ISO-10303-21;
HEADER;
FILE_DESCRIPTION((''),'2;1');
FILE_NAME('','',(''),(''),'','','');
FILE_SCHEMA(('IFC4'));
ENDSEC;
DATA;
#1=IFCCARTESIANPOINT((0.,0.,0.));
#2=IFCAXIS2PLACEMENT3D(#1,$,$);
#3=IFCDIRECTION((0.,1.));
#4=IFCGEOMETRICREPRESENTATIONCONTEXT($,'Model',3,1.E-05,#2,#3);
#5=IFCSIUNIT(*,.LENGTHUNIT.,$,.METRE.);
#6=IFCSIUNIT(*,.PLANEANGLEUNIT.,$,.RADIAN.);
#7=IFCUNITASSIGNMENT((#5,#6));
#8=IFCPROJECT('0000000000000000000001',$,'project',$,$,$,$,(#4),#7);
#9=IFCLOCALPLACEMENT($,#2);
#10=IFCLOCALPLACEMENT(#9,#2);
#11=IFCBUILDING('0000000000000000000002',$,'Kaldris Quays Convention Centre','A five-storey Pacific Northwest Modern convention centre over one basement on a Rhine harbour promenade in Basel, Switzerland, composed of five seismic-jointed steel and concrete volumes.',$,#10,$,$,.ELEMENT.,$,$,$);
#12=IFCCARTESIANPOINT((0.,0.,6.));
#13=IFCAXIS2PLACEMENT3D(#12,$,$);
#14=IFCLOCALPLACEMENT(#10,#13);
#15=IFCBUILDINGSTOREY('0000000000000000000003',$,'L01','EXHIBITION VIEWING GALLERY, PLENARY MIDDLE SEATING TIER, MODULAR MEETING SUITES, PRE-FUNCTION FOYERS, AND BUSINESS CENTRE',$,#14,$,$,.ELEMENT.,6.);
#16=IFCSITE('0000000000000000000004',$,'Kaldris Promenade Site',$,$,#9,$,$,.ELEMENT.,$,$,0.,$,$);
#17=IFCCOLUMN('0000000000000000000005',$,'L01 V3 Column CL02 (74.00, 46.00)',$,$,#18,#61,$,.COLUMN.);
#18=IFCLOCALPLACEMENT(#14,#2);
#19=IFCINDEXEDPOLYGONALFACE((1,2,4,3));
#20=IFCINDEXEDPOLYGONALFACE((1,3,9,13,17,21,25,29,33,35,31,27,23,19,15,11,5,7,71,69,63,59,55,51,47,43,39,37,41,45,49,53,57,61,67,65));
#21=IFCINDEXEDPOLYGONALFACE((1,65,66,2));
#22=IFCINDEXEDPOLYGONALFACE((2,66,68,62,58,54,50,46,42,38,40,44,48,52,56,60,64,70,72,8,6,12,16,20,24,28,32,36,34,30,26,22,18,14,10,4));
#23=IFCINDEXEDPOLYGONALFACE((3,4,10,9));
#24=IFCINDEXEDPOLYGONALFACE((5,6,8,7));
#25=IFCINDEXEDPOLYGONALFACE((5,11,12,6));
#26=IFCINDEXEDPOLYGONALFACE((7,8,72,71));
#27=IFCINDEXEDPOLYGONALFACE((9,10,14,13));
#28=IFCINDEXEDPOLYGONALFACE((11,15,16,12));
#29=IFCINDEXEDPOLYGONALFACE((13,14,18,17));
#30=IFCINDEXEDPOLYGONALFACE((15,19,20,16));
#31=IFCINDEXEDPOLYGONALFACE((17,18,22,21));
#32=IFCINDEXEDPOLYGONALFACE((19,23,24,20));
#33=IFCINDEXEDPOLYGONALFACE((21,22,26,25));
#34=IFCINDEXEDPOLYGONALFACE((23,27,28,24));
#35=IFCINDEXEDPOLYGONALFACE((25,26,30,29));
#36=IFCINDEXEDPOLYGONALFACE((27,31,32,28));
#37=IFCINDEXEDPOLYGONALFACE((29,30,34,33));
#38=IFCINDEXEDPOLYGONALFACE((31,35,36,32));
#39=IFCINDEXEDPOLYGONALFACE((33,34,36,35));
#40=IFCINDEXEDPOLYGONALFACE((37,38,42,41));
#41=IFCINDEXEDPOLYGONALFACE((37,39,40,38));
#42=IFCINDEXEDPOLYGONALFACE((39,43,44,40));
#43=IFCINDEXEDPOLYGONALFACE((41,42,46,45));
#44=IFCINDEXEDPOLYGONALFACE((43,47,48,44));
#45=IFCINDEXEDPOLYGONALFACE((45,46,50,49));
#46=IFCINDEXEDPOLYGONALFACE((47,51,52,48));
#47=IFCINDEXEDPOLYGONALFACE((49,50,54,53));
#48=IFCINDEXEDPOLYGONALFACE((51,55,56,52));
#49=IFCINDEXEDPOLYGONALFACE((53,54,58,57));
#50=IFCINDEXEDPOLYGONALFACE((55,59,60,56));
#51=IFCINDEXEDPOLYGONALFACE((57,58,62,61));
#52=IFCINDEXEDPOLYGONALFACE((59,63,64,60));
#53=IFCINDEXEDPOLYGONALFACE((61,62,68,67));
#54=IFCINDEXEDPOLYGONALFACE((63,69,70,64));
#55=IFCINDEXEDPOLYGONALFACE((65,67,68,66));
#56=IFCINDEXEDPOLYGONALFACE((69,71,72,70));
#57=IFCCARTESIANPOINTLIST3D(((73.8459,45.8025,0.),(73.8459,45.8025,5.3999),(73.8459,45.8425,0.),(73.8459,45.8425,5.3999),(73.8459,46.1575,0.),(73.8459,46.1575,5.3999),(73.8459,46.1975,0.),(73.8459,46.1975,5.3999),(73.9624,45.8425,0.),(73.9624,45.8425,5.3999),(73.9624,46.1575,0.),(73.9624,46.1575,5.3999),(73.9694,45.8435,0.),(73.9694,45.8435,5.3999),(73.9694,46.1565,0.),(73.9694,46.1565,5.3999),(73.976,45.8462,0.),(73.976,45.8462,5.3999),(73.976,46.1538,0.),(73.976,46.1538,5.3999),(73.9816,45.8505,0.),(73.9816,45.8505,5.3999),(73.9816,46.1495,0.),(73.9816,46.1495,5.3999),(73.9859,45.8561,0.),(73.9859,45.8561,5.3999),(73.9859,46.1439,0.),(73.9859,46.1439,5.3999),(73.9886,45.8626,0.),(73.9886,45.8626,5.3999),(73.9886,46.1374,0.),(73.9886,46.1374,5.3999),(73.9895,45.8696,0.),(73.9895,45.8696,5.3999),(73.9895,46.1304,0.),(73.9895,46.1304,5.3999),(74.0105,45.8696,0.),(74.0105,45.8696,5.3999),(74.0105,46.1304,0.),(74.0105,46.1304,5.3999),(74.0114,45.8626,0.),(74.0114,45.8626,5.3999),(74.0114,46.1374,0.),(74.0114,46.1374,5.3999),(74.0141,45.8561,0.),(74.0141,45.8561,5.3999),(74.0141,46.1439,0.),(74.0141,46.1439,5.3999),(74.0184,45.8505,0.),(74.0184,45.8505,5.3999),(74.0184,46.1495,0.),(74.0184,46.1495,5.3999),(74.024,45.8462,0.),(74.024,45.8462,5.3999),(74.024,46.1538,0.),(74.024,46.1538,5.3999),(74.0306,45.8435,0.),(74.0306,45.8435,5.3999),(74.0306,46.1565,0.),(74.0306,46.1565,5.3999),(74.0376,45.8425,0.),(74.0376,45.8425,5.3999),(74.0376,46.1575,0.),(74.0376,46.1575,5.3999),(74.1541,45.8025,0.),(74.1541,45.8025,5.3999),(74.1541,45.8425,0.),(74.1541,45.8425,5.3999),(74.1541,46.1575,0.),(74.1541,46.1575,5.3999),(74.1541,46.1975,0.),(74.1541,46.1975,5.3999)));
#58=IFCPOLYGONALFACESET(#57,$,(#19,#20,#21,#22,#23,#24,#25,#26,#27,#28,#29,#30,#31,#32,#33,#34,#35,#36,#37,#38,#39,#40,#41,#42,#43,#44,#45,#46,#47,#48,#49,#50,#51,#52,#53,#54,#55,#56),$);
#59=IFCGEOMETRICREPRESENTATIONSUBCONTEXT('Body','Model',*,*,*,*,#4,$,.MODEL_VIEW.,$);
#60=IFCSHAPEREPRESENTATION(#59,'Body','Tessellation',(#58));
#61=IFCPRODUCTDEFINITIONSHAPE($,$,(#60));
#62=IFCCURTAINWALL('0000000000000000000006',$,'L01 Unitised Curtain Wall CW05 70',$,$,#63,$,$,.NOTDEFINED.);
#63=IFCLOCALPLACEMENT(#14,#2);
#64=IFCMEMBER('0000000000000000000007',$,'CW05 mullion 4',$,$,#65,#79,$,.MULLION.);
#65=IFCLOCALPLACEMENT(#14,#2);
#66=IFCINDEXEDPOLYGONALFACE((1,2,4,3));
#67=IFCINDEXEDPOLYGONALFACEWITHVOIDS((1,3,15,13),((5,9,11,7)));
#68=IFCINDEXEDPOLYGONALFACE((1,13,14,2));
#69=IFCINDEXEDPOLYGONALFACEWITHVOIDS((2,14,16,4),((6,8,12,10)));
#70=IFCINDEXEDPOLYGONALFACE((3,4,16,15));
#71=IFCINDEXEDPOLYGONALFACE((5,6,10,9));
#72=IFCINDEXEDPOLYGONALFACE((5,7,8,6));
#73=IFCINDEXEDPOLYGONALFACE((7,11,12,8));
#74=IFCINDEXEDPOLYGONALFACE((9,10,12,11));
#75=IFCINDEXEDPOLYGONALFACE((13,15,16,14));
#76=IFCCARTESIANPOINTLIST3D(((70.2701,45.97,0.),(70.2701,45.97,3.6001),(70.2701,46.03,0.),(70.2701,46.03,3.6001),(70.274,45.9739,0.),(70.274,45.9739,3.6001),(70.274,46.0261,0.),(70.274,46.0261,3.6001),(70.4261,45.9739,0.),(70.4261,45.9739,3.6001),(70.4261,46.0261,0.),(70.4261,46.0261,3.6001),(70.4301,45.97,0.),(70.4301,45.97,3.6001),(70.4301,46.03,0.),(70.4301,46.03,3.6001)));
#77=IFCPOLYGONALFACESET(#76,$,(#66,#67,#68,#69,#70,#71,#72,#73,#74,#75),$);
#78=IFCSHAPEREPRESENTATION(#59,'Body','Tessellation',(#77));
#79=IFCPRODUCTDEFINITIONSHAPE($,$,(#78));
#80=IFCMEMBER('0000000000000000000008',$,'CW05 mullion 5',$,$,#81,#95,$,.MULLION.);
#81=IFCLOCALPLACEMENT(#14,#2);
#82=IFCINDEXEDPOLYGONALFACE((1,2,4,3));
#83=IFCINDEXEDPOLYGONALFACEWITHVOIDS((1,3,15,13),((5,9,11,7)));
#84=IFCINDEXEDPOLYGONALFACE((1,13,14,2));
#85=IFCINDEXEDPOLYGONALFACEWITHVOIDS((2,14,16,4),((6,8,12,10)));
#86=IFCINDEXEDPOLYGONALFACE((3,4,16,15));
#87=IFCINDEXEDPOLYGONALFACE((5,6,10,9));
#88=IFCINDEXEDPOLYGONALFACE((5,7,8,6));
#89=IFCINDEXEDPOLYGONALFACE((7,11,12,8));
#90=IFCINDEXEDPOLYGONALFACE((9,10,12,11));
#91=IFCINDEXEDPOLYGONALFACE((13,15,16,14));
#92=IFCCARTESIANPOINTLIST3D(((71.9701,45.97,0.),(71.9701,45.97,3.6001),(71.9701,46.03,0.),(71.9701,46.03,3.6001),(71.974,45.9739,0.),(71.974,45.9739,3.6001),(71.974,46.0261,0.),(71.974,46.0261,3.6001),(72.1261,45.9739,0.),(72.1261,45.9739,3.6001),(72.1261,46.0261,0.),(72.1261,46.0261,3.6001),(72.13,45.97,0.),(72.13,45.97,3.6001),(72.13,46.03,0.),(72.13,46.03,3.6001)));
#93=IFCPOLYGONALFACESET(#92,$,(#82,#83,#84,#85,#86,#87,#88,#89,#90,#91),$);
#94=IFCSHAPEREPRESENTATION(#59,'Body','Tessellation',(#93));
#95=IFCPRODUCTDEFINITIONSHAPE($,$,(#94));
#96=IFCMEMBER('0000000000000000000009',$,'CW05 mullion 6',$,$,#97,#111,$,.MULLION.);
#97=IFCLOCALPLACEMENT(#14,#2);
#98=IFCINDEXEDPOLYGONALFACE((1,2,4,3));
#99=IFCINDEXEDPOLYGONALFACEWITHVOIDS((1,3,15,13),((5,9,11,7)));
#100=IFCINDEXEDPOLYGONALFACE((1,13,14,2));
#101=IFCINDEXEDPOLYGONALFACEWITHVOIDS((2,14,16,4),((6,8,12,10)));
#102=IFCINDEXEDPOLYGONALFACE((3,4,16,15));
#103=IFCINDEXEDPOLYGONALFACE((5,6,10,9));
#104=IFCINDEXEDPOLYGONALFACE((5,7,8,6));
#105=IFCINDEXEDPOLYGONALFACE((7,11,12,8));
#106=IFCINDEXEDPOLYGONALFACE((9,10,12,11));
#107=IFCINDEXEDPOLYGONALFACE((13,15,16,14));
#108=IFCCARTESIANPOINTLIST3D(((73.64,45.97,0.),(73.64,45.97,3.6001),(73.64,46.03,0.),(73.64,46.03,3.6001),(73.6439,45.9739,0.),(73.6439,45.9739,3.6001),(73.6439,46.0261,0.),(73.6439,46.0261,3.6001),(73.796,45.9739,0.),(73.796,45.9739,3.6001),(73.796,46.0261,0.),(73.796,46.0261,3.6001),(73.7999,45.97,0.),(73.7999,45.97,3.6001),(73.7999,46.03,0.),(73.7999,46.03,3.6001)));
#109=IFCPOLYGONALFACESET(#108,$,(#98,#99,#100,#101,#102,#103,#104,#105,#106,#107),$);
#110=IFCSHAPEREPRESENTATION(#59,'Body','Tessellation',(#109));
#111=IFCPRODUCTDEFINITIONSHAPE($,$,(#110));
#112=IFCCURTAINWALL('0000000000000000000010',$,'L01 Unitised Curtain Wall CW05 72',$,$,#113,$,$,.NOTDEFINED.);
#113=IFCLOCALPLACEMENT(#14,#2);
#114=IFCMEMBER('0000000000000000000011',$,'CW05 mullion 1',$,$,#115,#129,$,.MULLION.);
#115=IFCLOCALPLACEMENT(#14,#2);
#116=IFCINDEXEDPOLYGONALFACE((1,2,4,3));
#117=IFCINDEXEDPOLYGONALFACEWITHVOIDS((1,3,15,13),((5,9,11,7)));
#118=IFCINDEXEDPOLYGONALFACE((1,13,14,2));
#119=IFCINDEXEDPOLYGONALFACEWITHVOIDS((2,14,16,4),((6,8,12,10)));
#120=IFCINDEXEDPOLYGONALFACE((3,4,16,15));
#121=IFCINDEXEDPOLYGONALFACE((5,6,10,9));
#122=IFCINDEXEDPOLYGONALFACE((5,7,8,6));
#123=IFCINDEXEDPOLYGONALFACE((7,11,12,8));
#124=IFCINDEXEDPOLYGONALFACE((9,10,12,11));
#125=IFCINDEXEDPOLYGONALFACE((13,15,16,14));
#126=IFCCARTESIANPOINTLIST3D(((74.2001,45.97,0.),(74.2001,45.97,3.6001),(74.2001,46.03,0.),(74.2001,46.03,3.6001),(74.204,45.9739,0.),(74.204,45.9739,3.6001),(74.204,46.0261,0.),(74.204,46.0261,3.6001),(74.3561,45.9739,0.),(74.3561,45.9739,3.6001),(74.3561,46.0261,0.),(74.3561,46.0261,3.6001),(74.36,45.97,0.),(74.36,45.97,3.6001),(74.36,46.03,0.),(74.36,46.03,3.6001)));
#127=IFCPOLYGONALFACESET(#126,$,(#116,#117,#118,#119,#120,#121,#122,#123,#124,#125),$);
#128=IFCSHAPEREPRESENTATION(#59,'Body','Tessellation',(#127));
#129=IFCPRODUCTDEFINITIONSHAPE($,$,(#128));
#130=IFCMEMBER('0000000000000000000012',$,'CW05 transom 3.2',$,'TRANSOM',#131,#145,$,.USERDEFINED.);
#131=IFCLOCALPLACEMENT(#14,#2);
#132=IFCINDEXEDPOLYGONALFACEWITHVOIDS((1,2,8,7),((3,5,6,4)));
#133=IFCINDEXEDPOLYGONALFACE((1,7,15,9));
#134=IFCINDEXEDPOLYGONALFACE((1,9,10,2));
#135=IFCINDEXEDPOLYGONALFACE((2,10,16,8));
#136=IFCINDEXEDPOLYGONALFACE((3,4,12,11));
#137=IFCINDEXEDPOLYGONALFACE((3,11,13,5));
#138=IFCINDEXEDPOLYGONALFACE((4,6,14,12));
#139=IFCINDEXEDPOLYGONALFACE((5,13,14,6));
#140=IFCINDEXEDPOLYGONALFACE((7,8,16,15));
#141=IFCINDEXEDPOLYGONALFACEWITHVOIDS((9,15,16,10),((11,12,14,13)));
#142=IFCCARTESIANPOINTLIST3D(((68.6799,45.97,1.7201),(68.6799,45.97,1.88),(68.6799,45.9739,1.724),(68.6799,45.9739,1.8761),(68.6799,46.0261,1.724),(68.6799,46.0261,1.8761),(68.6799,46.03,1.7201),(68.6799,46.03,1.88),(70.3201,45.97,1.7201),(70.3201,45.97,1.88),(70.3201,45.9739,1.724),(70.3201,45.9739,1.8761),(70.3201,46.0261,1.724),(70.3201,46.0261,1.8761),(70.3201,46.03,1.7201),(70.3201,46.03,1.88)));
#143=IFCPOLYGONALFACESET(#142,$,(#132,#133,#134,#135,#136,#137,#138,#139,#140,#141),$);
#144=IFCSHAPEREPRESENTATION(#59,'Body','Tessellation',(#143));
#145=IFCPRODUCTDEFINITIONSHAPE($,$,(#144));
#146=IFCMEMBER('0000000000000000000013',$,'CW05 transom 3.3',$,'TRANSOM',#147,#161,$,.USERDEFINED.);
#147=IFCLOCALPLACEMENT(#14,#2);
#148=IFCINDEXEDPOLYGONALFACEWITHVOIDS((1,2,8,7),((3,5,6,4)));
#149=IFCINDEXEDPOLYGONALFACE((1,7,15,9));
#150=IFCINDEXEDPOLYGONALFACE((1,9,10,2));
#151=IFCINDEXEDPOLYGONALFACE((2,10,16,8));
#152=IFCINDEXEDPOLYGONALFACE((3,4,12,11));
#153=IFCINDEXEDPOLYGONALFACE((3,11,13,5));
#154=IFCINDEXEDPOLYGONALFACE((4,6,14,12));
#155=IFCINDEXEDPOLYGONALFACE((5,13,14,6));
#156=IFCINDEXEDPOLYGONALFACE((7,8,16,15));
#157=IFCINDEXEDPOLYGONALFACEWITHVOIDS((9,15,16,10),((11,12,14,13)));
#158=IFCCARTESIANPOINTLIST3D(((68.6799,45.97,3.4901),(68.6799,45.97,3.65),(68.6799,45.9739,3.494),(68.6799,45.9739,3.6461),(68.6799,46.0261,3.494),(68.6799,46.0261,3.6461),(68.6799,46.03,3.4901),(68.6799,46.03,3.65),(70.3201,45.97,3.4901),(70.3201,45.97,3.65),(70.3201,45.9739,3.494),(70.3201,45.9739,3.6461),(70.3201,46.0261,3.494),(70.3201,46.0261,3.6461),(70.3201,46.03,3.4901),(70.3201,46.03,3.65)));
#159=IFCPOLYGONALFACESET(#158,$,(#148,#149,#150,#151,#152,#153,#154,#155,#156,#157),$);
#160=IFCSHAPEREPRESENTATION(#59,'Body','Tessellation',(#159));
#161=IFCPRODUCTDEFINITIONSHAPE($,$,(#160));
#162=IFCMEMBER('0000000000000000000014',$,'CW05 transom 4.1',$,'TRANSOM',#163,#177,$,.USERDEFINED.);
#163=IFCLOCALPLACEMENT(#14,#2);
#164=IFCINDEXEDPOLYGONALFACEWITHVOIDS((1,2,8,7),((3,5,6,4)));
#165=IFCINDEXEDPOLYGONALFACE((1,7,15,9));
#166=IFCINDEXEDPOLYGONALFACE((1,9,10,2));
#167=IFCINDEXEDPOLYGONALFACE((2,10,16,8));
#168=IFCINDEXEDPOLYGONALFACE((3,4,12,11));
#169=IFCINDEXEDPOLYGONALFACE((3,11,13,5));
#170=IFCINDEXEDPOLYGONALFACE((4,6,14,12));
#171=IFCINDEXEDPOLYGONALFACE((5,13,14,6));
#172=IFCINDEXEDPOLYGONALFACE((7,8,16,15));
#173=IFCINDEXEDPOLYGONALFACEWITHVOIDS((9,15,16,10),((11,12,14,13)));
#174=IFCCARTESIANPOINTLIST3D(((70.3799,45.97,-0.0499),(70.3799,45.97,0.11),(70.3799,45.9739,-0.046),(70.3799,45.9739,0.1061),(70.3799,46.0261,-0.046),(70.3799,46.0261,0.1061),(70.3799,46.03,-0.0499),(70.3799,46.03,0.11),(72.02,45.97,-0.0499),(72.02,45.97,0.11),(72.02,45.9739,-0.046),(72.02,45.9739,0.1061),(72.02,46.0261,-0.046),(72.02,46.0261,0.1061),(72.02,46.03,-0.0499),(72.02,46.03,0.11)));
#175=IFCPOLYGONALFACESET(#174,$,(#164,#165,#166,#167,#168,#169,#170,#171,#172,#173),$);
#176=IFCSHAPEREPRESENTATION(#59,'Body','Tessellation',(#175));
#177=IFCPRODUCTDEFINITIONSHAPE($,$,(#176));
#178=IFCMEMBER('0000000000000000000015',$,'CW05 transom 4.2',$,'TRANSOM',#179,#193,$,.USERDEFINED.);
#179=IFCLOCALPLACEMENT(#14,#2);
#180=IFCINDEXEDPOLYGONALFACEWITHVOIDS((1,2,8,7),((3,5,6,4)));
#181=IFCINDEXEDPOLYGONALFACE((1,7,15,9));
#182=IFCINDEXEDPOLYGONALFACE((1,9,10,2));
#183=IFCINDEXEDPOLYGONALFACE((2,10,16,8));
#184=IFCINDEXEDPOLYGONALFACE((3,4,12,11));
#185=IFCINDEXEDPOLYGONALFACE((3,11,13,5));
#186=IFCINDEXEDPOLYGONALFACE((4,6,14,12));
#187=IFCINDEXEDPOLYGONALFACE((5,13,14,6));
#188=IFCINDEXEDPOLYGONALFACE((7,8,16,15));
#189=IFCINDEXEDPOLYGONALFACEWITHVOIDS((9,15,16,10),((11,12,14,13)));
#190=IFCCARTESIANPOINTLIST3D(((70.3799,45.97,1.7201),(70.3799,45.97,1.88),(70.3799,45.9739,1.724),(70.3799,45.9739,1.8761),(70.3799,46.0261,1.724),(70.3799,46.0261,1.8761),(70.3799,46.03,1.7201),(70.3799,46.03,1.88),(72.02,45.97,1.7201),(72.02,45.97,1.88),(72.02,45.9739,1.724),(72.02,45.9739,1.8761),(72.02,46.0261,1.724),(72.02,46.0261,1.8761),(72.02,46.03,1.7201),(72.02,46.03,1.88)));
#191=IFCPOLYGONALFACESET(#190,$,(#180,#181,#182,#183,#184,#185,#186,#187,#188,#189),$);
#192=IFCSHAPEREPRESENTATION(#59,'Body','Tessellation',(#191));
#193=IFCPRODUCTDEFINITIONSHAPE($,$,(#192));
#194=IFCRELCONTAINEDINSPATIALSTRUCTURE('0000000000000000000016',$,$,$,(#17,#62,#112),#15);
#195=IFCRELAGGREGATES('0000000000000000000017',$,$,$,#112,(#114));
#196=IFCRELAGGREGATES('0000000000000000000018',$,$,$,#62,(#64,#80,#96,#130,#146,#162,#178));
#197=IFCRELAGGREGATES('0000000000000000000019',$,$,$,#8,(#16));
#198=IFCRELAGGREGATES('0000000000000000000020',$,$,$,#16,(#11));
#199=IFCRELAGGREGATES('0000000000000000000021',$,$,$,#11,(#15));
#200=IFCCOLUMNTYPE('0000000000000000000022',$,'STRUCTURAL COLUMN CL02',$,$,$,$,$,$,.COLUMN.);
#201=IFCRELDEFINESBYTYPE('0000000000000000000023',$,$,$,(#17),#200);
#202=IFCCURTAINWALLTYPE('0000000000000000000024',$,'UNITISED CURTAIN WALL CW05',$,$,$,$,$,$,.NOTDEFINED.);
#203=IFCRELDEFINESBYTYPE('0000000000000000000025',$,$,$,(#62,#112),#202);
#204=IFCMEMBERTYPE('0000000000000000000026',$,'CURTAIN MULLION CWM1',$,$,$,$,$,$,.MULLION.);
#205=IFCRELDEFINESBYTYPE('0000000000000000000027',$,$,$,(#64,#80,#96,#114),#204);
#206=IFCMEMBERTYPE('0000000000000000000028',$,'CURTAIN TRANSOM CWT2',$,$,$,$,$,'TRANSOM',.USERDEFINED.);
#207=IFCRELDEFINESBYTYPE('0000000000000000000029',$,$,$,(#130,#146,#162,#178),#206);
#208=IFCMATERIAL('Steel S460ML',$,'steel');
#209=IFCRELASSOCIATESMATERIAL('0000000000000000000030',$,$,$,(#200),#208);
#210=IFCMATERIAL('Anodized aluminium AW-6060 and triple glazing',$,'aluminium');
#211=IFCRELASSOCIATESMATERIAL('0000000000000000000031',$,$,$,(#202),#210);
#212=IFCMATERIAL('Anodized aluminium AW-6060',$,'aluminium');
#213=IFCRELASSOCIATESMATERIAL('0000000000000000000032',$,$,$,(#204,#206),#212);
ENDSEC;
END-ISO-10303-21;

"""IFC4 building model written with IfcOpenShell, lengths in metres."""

from ifc_helpers import new_model, si_unit, direction, frame, origin, origin_2d, place, context, subcontext, project, spatial, hollow_rectangle, i_section, extrude, material, material_profile, profile_set, type_object, element, aggregate, save


model = new_model("IFC4")

# Units and contexts
model_context = context("Model", 3, precision=1e-05, world=origin(), true_north=direction((0.0, 1.0)))
body_context = subcontext(model_context, "Body", "Model", "MODEL_VIEW")
ifc_project = project(units=[si_unit("LENGTHUNIT", "METRE"), si_unit("PLANEANGLEUNIT", "RADIAN")], contexts=[model_context])

# Site, building, storey
site_placement = place(None, origin())
site = spatial("IfcSite", under=ifc_project, at=site_placement, Name="Kaldris Promenade Site", CompositionType="ELEMENT", RefElevation=0.0)
building_placement = place(site_placement, origin())
building = spatial("IfcBuilding", under=site, at=building_placement, Name="Kaldris Quays Convention Centre", Description="A five-storey Pacific Northwest Modern convention centre over one basement on a Rhine harbour promenade in Basel, Switzerland, composed of five seismic-jointed steel and concrete volumes.", CompositionType="ELEMENT")
storey_placement = place(building_placement, frame((0.0, 0.0, 6.0)))
storey = spatial("IfcBuildingStorey", under=building, at=storey_placement, Name="L01", Description="EXHIBITION VIEWING GALLERY, PLENARY MIDDLE SEATING TIER, MODULAR MEETING SUITES, PRE-FUNCTION FOYERS, AND BUSINESS CENTRE", CompositionType="ELEMENT", Elevation=6.0)

# Column
ifc_material_1 = material(Name="Steel S460ML", Category="steel")
ifc_material_profile_1 = material_profile(ifc_material_1, i_section(OverallWidth=0.3081, OverallDepth=0.395, WebThickness=0.021, FlangeThickness=0.04, FilletRadius=0.0271, at=origin_2d()), Name="HEM 360")
ifc_profile_set_1 = profile_set([ifc_material_profile_1], Name="Steel S460ML")
column_type = type_object("IfcColumnType", Name="STRUCTURAL COLUMN CL02", PredefinedType="COLUMN", material=ifc_profile_set_1)
column_placement = place(storey_placement, frame((74.0, 46.0, 0.0), z_axis=(0.0, 0.0, 1.0), x_axis=(1.0, 0.0, 0.0)))
element("IfcColumn", 1, at=column_placement, inside=storey, type_object=column_type, Name="L01 V3 Column CL02 (74.00, 46.00)", PredefinedType="COLUMN", context=body_context, shape_type="SweptSolid", body=[
    extrude(i_section(OverallWidth=0.3081, OverallDepth=0.395, WebThickness=0.021, FlangeThickness=0.04, FilletRadius=0.0271, at=origin_2d()), origin(), (0.0, 0.0, 1.0), 5.3999),
])

# Curtain wall, members
ifc_material_2 = material(Name="Anodized aluminium AW-6060 and triple glazing", Category="aluminium")
curtain_wall_type = type_object("IfcCurtainWallType", Name="UNITISED CURTAIN WALL CW05", PredefinedType="NOTDEFINED", material=ifc_material_2)
curtain_wall_1_placement = place(storey_placement, origin())
curtain_wall_1 = element("IfcCurtainWall", 2, at=curtain_wall_1_placement, inside=storey, type_object=curtain_wall_type, Name="L01 Unitised Curtain Wall CW05 70", PredefinedType="NOTDEFINED")
ifc_material_3 = material(Name="Anodized aluminium AW-6060", Category="aluminium")
ifc_material_profile_2 = material_profile(ifc_material_3, hollow_rectangle(XDim=0.0601, YDim=0.1599, WallThickness=0.0039, at=origin_2d()), Name="RHS 160x60x4")
ifc_profile_set_2 = profile_set([ifc_material_profile_2], Name="Anodized aluminium AW-6060")
member_type_1 = type_object("IfcMemberType", Name="CURTAIN MULLION CWM1", PredefinedType="MULLION", material=ifc_profile_set_2)
member_1_placement = place(storey_placement, frame((70.3501, 46.0, 0.0), z_axis=(0.0, 0.0, 1.0), x_axis=(0.0, 1.0, 0.0)))
member_1 = element("IfcMember", 3, at=member_1_placement, type_object=member_type_1, Name="CW05 mullion 4", PredefinedType="MULLION", context=body_context, shape_type="SweptSolid", body=[
    extrude(hollow_rectangle(XDim=0.0601, YDim=0.1599, WallThickness=0.0039, at=origin_2d()), origin(), (0.0, 0.0, 1.0), 3.6001),
])
member_2_placement = place(storey_placement, frame((72.05, 46.0, 0.0), z_axis=(0.0, 0.0, 1.0), x_axis=(0.0, 1.0, 0.0)))
member_2 = element("IfcMember", 4, at=member_2_placement, type_object=member_type_1, Name="CW05 mullion 5", PredefinedType="MULLION", context=body_context, shape_type="SweptSolid", body=[
    extrude(hollow_rectangle(XDim=0.0601, YDim=0.1599, WallThickness=0.0039, at=origin_2d()), origin(), (0.0, 0.0, 1.0), 3.6001),
])
member_3_placement = place(storey_placement, frame((73.72, 46.0, 0.0), z_axis=(0.0, 0.0, 1.0), x_axis=(0.0, 1.0, 0.0)))
member_3 = element("IfcMember", 5, at=member_3_placement, type_object=member_type_1, Name="CW05 mullion 6", PredefinedType="MULLION", context=body_context, shape_type="SweptSolid", body=[
    extrude(hollow_rectangle(XDim=0.0601, YDim=0.1599, WallThickness=0.0039, at=origin_2d()), origin(), (0.0, 0.0, 1.0), 3.6001),
])

# Curtain wall, member
curtain_wall_2_placement = place(storey_placement, origin())
curtain_wall_2 = element("IfcCurtainWall", 6, at=curtain_wall_2_placement, inside=storey, type_object=curtain_wall_type, Name="L01 Unitised Curtain Wall CW05 72", PredefinedType="NOTDEFINED")
member_4_placement = place(storey_placement, frame((74.28, 46.0, 0.0), z_axis=(0.0, 0.0, 1.0), x_axis=(0.0, 1.0, 0.0)))
member_4 = element("IfcMember", 7, at=member_4_placement, type_object=member_type_1, Name="CW05 mullion 1", PredefinedType="MULLION", context=body_context, shape_type="SweptSolid", body=[
    extrude(hollow_rectangle(XDim=0.0601, YDim=0.1599, WallThickness=0.0039, at=origin_2d()), origin(), (0.0, 0.0, 1.0), 3.6001),
])
aggregate(curtain_wall_2, [member_4])

# Members
ifc_material_profile_3 = material_profile(ifc_material_3, hollow_rectangle(XDim=0.0601, YDim=0.1599, WallThickness=0.0039, at=origin_2d()), Name="RHS 160x60x4")
ifc_profile_set_3 = profile_set([ifc_material_profile_3], Name="Anodized aluminium AW-6060")
member_type_2 = type_object("IfcMemberType", Name="CURTAIN TRANSOM CWT2", ElementType="TRANSOM", PredefinedType="USERDEFINED", material=ifc_profile_set_3)
member_5_placement = place(storey_placement, frame((68.6799, 46.0, 1.8), z_axis=(1.0, 0.0, 0.0), x_axis=(0.0, 1.0, 0.0)))
member_5 = element("IfcMember", 8, at=member_5_placement, type_object=member_type_2, Name="CW05 transom 3.2", ObjectType="TRANSOM", PredefinedType="USERDEFINED", context=body_context, shape_type="SweptSolid", body=[
    extrude(hollow_rectangle(XDim=0.0601, YDim=0.1599, WallThickness=0.0039, at=origin_2d()), origin(), (0.0, 0.0, 1.0), 1.6401),
])
member_6_placement = place(storey_placement, frame((68.6799, 46.0, 3.5701), z_axis=(1.0, 0.0, 0.0), x_axis=(0.0, 1.0, 0.0)))
member_6 = element("IfcMember", 9, at=member_6_placement, type_object=member_type_2, Name="CW05 transom 3.3", ObjectType="TRANSOM", PredefinedType="USERDEFINED", context=body_context, shape_type="SweptSolid", body=[
    extrude(hollow_rectangle(XDim=0.0601, YDim=0.1599, WallThickness=0.0039, at=origin_2d()), origin(), (0.0, 0.0, 1.0), 1.6401),
])
member_7_placement = place(storey_placement, frame((70.3799, 46.0, 0.03), z_axis=(1.0, 0.0, 0.0), x_axis=(0.0, 1.0, 0.0)))
member_7 = element("IfcMember", 10, at=member_7_placement, type_object=member_type_2, Name="CW05 transom 4.1", ObjectType="TRANSOM", PredefinedType="USERDEFINED", context=body_context, shape_type="SweptSolid", body=[
    extrude(hollow_rectangle(XDim=0.0601, YDim=0.1599, WallThickness=0.0039, at=origin_2d()), origin(), (0.0, 0.0, 1.0), 1.6401),
])
member_8_placement = place(storey_placement, frame((70.3799, 46.0, 1.8), z_axis=(1.0, 0.0, 0.0), x_axis=(0.0, 1.0, 0.0)))
member_8 = element("IfcMember", 11, at=member_8_placement, type_object=member_type_2, Name="CW05 transom 4.2", ObjectType="TRANSOM", PredefinedType="USERDEFINED", context=body_context, shape_type="SweptSolid", body=[
    extrude(hollow_rectangle(XDim=0.0601, YDim=0.1599, WallThickness=0.0039, at=origin_2d()), origin(), (0.0, 0.0, 1.0), 1.6401),
])

aggregate(curtain_wall_1, [member_1, member_2, member_3, member_5, member_6, member_7, member_8])

save(model, "model.ifc")
